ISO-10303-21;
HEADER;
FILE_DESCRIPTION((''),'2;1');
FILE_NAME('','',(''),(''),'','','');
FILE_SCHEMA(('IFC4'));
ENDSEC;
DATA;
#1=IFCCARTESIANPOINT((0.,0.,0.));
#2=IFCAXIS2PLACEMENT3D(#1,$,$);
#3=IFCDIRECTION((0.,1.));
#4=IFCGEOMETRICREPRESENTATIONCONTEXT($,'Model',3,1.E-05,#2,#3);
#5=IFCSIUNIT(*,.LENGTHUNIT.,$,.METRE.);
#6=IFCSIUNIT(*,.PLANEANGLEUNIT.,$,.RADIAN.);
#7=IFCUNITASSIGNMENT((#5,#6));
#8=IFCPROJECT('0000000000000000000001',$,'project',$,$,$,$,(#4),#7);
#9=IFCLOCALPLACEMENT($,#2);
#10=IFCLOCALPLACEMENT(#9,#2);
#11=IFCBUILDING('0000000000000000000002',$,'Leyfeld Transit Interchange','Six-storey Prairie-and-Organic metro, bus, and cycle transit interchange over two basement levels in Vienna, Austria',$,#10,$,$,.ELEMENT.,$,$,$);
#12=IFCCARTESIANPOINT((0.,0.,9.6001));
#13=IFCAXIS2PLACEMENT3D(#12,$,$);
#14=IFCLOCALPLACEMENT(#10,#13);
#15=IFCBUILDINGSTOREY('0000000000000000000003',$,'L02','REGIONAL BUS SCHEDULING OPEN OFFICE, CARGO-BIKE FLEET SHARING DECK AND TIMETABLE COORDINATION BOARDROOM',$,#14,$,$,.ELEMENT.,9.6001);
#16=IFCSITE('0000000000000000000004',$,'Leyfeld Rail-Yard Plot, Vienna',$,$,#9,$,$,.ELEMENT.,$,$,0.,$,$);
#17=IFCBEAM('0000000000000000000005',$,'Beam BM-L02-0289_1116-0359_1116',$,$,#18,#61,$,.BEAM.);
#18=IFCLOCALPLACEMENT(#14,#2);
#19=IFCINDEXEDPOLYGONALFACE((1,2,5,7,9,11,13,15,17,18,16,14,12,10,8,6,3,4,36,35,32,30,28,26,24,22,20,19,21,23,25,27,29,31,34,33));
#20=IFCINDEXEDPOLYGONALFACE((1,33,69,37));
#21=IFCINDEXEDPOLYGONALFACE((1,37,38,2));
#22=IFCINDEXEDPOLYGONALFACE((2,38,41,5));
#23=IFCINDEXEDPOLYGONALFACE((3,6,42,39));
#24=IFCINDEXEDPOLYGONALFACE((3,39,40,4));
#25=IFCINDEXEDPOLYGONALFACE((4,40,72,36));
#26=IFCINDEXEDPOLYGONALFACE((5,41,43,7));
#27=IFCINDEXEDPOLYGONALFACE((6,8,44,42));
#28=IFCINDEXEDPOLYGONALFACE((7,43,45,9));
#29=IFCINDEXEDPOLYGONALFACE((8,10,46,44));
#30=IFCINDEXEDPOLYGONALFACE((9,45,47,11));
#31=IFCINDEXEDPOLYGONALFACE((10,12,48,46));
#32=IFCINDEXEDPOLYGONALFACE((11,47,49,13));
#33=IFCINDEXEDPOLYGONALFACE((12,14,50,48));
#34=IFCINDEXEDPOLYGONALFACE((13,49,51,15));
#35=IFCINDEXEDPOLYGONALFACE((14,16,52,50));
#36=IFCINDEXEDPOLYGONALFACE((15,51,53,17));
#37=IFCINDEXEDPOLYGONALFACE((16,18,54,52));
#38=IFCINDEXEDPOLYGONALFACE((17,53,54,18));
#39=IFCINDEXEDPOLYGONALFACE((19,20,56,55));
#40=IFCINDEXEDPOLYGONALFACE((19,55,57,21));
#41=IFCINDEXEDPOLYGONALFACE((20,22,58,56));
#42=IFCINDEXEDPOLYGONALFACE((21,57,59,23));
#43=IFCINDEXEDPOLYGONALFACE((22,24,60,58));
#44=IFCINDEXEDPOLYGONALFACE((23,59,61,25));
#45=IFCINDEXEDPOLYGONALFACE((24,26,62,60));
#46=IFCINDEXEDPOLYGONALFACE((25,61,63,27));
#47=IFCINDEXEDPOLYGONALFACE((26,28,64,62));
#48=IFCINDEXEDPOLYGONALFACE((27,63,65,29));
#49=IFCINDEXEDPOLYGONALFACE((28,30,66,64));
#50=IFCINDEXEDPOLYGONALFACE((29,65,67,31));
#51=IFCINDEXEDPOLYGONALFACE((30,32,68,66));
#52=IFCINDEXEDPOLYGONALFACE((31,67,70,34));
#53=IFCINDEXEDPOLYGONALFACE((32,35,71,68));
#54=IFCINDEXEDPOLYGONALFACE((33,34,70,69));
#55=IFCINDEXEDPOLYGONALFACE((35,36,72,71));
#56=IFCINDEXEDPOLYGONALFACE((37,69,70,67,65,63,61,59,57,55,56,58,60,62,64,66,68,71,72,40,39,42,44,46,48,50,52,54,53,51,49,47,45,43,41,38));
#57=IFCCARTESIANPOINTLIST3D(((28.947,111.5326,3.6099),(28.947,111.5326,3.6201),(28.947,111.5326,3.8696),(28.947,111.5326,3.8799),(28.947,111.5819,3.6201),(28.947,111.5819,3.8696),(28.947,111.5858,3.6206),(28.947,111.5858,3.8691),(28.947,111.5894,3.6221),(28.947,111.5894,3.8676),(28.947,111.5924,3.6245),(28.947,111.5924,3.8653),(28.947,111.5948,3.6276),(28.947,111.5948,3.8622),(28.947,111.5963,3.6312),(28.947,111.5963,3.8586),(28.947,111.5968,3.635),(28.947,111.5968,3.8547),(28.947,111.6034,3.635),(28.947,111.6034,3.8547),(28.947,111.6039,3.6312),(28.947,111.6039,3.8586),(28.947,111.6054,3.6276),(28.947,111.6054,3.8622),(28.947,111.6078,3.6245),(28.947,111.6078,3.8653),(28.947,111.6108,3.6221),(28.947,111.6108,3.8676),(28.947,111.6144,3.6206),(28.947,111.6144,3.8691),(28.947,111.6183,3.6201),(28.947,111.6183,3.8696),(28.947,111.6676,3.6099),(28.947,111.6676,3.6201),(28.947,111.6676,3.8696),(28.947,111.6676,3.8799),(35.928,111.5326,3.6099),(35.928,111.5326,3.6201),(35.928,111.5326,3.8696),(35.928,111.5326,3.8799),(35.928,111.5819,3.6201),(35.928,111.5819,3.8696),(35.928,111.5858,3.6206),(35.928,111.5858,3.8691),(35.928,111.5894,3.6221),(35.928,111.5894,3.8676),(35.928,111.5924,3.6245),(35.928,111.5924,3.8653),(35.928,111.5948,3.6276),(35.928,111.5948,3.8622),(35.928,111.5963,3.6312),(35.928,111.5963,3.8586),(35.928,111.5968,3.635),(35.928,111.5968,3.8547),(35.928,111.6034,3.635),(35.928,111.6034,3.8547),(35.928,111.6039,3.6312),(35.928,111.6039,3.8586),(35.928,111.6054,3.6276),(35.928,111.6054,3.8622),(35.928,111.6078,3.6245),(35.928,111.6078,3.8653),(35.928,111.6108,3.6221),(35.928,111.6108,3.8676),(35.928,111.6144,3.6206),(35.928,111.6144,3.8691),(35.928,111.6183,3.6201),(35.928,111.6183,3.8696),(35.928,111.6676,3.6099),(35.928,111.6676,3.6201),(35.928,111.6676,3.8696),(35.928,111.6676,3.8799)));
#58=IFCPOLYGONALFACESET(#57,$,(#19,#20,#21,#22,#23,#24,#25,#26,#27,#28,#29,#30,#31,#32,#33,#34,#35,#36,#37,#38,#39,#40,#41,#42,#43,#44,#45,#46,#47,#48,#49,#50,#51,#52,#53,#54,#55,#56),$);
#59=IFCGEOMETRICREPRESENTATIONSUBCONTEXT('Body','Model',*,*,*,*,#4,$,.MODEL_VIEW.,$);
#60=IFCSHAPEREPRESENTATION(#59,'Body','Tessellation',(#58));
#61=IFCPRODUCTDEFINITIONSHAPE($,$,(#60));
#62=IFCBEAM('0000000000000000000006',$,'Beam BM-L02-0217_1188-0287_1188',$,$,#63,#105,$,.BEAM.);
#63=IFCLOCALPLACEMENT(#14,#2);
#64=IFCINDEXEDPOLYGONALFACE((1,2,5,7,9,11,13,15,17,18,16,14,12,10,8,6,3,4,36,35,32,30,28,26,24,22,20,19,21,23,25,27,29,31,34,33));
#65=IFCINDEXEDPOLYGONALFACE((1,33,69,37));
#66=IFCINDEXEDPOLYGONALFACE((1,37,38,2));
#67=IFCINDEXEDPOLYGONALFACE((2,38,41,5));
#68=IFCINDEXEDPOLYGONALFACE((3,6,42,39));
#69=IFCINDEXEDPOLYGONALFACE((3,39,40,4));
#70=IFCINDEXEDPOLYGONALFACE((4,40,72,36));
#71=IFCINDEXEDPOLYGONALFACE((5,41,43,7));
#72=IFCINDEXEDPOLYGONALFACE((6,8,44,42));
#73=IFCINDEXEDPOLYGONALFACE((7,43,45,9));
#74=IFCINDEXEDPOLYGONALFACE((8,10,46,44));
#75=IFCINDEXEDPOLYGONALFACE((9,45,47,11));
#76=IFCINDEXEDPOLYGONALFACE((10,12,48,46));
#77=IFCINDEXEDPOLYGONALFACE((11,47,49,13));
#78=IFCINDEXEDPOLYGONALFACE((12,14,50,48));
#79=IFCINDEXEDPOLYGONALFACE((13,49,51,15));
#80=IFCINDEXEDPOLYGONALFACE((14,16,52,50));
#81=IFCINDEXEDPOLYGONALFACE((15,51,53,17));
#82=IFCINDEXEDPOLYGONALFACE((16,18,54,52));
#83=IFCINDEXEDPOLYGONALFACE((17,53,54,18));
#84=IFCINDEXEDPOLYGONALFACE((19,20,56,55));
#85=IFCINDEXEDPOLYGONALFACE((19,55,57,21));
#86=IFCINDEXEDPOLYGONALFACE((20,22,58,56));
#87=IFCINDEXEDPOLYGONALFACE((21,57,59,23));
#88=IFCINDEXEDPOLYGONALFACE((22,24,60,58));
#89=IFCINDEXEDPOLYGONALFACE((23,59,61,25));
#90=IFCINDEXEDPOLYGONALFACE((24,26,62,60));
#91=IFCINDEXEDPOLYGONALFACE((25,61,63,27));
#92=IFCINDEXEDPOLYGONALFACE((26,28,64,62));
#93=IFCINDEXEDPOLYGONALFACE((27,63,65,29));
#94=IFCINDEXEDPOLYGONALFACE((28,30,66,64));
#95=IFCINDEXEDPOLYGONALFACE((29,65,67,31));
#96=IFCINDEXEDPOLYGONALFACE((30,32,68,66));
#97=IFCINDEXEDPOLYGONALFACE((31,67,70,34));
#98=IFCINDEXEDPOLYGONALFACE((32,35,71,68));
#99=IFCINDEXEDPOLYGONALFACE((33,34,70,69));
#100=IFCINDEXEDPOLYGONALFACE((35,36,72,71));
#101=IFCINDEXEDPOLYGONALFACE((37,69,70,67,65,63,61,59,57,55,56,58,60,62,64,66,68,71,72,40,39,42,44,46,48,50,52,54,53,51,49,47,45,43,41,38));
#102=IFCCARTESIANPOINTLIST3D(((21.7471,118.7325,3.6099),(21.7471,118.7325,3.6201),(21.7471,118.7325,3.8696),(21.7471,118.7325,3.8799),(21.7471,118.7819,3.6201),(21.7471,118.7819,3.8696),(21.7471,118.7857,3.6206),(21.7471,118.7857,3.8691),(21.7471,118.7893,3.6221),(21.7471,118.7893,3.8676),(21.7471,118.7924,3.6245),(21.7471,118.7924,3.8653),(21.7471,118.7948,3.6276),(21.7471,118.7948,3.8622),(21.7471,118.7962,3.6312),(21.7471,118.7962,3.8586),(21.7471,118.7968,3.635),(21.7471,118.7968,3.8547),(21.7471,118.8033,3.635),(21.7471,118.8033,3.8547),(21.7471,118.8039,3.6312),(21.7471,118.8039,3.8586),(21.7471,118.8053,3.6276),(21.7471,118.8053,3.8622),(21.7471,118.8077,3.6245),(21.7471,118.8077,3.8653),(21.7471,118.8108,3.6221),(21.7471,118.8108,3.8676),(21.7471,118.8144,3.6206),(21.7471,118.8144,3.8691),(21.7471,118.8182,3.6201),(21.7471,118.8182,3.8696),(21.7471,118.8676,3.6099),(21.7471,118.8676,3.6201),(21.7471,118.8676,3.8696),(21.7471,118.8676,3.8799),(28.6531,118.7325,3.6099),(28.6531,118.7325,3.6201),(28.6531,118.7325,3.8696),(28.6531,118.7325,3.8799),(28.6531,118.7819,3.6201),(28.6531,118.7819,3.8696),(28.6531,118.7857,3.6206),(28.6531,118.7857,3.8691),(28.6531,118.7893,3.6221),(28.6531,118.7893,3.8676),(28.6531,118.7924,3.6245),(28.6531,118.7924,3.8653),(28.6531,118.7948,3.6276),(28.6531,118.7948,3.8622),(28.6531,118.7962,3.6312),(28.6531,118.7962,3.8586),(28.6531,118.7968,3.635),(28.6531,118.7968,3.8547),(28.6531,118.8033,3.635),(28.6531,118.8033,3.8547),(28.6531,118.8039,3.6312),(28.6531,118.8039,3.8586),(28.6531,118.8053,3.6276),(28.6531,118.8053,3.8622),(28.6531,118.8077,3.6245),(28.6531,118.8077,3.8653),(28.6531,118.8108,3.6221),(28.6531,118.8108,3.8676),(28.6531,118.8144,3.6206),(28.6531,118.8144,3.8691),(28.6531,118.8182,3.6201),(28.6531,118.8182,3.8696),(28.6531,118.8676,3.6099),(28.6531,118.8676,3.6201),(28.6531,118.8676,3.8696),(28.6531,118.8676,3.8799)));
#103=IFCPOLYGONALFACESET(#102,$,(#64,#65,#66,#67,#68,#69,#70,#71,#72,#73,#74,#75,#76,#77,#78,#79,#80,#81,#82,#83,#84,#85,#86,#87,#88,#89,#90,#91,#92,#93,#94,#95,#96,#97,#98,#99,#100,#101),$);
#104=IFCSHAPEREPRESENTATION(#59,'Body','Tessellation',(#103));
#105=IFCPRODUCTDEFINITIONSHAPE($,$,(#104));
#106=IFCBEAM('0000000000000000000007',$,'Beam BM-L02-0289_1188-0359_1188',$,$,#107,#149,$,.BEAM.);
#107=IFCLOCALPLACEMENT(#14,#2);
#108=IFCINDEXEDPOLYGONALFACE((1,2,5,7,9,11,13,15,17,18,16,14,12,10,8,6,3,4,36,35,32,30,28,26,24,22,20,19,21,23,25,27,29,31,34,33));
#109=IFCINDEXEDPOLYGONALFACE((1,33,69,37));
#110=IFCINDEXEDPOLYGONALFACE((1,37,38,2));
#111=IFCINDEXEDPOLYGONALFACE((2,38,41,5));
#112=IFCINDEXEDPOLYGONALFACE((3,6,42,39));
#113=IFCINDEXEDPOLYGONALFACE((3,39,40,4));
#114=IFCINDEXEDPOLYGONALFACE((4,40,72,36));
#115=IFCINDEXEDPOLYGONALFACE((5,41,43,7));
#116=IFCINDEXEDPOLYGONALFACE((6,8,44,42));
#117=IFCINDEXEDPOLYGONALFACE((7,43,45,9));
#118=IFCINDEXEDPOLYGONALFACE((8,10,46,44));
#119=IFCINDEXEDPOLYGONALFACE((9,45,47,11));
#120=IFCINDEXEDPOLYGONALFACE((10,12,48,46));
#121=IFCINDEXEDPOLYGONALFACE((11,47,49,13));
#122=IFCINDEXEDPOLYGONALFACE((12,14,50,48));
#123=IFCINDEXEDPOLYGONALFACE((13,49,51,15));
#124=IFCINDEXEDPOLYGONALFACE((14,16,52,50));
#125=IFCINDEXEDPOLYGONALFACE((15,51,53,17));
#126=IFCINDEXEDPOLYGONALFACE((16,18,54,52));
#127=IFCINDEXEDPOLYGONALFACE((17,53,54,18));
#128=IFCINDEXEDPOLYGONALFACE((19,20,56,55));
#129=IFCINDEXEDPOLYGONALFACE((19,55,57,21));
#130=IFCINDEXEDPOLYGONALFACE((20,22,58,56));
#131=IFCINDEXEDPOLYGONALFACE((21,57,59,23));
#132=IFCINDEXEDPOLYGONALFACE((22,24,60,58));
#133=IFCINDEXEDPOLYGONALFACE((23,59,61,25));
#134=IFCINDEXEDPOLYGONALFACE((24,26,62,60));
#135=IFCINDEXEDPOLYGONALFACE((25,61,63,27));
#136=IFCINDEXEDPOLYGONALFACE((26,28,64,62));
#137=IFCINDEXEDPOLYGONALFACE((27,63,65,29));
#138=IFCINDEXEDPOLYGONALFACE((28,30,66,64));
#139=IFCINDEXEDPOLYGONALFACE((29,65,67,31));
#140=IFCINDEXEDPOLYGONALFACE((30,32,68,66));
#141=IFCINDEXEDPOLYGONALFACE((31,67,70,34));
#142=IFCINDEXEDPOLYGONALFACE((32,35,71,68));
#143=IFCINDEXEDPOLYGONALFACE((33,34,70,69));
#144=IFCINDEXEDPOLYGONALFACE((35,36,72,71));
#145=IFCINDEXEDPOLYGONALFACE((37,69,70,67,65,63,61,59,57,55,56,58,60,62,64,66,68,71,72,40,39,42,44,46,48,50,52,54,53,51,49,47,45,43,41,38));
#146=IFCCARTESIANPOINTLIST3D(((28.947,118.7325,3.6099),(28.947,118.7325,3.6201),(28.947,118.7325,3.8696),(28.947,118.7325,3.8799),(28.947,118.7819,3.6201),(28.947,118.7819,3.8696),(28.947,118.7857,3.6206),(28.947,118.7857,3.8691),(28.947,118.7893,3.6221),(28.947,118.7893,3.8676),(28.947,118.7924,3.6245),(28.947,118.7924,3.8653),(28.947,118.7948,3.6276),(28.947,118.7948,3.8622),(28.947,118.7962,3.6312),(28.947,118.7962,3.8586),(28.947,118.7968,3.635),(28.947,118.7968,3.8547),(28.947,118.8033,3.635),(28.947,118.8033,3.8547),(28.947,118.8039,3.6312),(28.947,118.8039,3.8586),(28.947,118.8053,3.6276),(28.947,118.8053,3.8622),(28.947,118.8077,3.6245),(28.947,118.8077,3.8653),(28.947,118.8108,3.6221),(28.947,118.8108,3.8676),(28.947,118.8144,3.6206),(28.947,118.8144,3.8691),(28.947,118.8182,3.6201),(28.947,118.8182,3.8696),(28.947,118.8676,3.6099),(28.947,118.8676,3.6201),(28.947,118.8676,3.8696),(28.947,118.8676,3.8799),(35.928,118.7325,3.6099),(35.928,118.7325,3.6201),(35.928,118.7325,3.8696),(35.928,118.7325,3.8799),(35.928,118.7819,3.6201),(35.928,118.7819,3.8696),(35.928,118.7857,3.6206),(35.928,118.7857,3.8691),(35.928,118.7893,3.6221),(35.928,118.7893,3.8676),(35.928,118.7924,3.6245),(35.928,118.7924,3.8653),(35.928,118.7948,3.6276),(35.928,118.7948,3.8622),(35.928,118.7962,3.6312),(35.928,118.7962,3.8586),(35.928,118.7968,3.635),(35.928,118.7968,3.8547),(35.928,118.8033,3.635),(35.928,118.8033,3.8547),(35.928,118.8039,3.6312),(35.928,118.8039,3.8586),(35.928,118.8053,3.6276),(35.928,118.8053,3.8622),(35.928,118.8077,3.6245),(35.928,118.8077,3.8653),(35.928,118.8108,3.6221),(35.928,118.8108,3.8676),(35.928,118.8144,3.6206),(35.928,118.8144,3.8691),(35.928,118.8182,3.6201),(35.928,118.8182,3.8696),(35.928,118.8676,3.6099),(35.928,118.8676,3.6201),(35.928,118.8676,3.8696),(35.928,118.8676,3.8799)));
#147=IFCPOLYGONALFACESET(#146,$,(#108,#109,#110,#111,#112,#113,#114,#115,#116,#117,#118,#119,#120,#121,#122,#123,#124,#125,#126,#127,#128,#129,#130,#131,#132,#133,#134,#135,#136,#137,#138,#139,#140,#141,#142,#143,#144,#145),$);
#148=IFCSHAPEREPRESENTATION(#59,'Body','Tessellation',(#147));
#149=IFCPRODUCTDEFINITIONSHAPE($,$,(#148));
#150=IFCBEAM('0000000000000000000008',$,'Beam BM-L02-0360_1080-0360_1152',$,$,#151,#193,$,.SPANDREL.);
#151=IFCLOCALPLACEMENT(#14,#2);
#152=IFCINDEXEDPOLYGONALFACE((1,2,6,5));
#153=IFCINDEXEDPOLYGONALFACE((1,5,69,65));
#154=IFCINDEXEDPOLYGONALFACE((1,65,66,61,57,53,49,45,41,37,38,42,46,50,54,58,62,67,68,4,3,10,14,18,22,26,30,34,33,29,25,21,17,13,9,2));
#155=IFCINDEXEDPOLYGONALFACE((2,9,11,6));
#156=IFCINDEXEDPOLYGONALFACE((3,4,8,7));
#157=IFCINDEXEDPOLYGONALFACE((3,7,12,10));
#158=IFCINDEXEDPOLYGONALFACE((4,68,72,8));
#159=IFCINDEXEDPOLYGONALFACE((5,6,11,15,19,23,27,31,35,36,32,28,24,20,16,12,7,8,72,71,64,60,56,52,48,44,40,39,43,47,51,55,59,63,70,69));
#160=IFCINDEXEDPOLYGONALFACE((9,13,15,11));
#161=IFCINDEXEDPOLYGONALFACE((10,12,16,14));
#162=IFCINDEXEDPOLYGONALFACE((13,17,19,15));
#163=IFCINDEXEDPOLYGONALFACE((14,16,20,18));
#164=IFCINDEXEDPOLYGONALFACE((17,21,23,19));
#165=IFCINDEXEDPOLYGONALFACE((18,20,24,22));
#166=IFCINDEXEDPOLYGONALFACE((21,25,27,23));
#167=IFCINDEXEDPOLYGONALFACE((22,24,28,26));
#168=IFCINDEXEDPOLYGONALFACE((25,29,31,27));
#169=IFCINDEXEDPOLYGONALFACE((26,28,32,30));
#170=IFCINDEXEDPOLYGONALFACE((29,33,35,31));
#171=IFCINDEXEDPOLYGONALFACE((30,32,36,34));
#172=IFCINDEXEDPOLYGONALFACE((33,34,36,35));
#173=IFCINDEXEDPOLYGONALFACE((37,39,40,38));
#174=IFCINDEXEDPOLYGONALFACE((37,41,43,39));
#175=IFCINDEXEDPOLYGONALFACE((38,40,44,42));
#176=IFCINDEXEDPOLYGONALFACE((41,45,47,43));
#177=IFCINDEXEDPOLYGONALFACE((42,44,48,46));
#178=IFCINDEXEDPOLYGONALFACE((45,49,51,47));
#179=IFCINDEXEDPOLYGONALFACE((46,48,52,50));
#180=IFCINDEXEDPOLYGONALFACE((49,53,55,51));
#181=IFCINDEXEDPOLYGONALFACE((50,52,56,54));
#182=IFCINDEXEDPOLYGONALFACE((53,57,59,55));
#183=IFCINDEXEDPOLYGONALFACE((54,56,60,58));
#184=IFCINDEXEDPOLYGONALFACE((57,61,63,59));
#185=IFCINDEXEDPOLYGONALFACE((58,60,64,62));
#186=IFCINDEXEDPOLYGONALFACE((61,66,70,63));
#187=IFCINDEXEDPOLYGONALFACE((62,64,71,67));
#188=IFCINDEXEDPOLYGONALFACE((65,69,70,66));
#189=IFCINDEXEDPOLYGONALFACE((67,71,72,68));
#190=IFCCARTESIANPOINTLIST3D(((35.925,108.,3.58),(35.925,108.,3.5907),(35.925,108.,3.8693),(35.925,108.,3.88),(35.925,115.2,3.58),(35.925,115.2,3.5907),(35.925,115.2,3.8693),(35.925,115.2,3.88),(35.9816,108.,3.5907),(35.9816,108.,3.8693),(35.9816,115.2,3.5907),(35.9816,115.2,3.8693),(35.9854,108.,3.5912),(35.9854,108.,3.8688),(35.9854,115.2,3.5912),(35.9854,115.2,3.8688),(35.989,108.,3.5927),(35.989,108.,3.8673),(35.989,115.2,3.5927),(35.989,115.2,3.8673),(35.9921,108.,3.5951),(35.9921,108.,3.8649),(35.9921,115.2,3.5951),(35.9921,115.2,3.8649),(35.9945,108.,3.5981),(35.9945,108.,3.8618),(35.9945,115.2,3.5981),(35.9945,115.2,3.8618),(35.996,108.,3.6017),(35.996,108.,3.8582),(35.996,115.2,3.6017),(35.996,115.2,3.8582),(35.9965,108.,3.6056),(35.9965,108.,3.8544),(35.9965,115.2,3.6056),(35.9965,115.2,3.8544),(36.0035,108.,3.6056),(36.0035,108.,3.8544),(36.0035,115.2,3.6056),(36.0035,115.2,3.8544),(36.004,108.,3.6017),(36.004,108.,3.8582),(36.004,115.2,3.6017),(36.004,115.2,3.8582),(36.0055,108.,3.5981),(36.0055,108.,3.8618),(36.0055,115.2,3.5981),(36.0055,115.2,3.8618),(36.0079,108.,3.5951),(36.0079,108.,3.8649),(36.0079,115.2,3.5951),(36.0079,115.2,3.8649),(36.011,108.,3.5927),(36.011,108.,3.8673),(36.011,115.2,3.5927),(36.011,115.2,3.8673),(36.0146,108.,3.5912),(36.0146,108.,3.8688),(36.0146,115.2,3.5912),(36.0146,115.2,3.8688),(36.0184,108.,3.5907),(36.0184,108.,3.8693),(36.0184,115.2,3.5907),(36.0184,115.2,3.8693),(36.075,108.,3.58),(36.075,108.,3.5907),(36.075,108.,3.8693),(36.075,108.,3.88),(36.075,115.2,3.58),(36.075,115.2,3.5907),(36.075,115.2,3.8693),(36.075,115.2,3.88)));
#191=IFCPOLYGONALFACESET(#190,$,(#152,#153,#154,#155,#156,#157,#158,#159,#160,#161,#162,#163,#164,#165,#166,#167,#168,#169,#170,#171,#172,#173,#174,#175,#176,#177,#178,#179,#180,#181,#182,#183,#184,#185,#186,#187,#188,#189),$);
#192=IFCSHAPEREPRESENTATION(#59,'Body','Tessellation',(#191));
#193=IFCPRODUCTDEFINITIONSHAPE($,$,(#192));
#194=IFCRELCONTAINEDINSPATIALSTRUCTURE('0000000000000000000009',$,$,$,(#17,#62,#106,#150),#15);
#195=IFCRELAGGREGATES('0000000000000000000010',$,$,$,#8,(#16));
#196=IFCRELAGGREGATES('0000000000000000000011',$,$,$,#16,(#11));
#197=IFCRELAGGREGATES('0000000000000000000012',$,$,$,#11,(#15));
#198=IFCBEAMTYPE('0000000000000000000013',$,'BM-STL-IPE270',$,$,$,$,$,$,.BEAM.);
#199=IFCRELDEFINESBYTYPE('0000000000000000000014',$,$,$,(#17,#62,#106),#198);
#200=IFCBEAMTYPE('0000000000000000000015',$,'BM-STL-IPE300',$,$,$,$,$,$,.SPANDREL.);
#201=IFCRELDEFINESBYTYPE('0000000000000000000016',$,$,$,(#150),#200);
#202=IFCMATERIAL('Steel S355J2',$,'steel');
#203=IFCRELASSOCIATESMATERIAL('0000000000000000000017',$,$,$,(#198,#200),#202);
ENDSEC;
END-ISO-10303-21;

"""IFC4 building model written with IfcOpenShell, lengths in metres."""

from ifc_helpers import new_model, si_unit, direction, frame, origin, origin_2d, place, context, subcontext, project, spatial, i_section, extrude, material, material_profile, profile_set, type_object, element, save


model = new_model("IFC4")

# Units and contexts
model_context = context("Model", 3, precision=1e-05, world=origin(), true_north=direction((0.0, 1.0)))
body_context = subcontext(model_context, "Body", "Model", "MODEL_VIEW")
ifc_project = project(units=[si_unit("LENGTHUNIT", "METRE"), si_unit("PLANEANGLEUNIT", "RADIAN")], contexts=[model_context])

# Site, building, storey
site_placement = place(None, origin())
site = spatial("IfcSite", under=ifc_project, at=site_placement, Name="Leyfeld Rail-Yard Plot, Vienna", CompositionType="ELEMENT", RefElevation=0.0)
building_placement = place(site_placement, origin())
building = spatial("IfcBuilding", under=site, at=building_placement, Name="Leyfeld Transit Interchange", Description="Six-storey Prairie-and-Organic metro, bus, and cycle transit interchange over two basement levels in Vienna, Austria", CompositionType="ELEMENT")
storey_placement = place(building_placement, frame((0.0, 0.0, 9.6001)))
storey = spatial("IfcBuildingStorey", under=building, at=storey_placement, Name="L02", Description="REGIONAL BUS SCHEDULING OPEN OFFICE, CARGO-BIKE FLEET SHARING DECK AND TIMETABLE COORDINATION BOARDROOM", CompositionType="ELEMENT", Elevation=9.6001)

# Beams
ifc_material_1 = material(Name="Steel S355J2", Category="steel")
ifc_material_profile_1 = material_profile(ifc_material_1, i_section(OverallWidth=0.135, OverallDepth=0.27, WebThickness=0.0066, FlangeThickness=0.0103, FilletRadius=0.0149, at=origin_2d()), Name="IPE 270")
ifc_profile_set_1 = profile_set([ifc_material_profile_1], Name="Steel S355J2")
beam_type_1 = type_object("IfcBeamType", Name="BM-STL-IPE270", PredefinedType="BEAM", material=ifc_profile_set_1)
beam_1_placement = place(storey_placement, frame((28.947, 111.6001, 3.7449), z_axis=(1.0, 0.0, 0.0), x_axis=(0.0, 1.0, 0.0)))
element("IfcBeam", 1, at=beam_1_placement, inside=storey, type_object=beam_type_1, Name="Beam BM-L02-0289_1116-0359_1116", PredefinedType="BEAM", context=body_context, shape_type="SweptSolid", body=[
    extrude(i_section(OverallWidth=0.135, OverallDepth=0.27, WebThickness=0.0066, FlangeThickness=0.0103, FilletRadius=0.0149, at=origin_2d()), origin(), (0.0, 0.0, 1.0), 6.981),
])
beam_2_placement = place(storey_placement, frame((21.7471, 118.8, 3.7449), z_axis=(1.0, 0.0, 0.0), x_axis=(0.0, 1.0, 0.0)))
element("IfcBeam", 2, at=beam_2_placement, inside=storey, type_object=beam_type_1, Name="Beam BM-L02-0217_1188-0287_1188", PredefinedType="BEAM", context=body_context, shape_type="SweptSolid", body=[
    extrude(i_section(OverallWidth=0.135, OverallDepth=0.27, WebThickness=0.0066, FlangeThickness=0.0103, FilletRadius=0.0149, at=origin_2d()), origin(), (0.0, 0.0, 1.0), 6.906),
])
beam_3_placement = place(storey_placement, frame((28.947, 118.8, 3.7449), z_axis=(1.0, 0.0, 0.0), x_axis=(0.0, 1.0, 0.0)))
element("IfcBeam", 3, at=beam_3_placement, inside=storey, type_object=beam_type_1, Name="Beam BM-L02-0289_1188-0359_1188", PredefinedType="BEAM", context=body_context, shape_type="SweptSolid", body=[
    extrude(i_section(OverallWidth=0.135, OverallDepth=0.27, WebThickness=0.0066, FlangeThickness=0.0103, FilletRadius=0.0149, at=origin_2d()), origin(), (0.0, 0.0, 1.0), 6.981),
])
ifc_material_profile_2 = material_profile(ifc_material_1, i_section(OverallWidth=0.1499, OverallDepth=0.3, WebThickness=0.0071, FlangeThickness=0.0107, FilletRadius=0.0149, at=origin_2d()), Name="IPE 300")
ifc_profile_set_2 = profile_set([ifc_material_profile_2], Name="Steel S355J2")
beam_type_2 = type_object("IfcBeamType", Name="BM-STL-IPE300", PredefinedType="SPANDREL", material=ifc_profile_set_2)
for number, where, z_axis, x_axis, name in (
    (4, (36.0, 108.0, 3.73), (0.0, 1.0, 0.0), (-1.0, 0.0, 0.0), "Beam BM-L02-0360_1080-0360_1152"),
):
    element("IfcBeam", number, at=place(storey_placement, frame(where, z_axis=z_axis, x_axis=x_axis)), inside=storey, type_object=beam_type_2, Name=name, PredefinedType="SPANDREL", context=body_context, shape_type="SweptSolid", body=[
        extrude(i_section(OverallWidth=0.1499, OverallDepth=0.3, WebThickness=0.0071, FlangeThickness=0.0107, FilletRadius=0.0149, at=origin_2d()), origin(), (0.0, 0.0, 1.0), 7.2),
    ])

save(model, "model.ifc")
